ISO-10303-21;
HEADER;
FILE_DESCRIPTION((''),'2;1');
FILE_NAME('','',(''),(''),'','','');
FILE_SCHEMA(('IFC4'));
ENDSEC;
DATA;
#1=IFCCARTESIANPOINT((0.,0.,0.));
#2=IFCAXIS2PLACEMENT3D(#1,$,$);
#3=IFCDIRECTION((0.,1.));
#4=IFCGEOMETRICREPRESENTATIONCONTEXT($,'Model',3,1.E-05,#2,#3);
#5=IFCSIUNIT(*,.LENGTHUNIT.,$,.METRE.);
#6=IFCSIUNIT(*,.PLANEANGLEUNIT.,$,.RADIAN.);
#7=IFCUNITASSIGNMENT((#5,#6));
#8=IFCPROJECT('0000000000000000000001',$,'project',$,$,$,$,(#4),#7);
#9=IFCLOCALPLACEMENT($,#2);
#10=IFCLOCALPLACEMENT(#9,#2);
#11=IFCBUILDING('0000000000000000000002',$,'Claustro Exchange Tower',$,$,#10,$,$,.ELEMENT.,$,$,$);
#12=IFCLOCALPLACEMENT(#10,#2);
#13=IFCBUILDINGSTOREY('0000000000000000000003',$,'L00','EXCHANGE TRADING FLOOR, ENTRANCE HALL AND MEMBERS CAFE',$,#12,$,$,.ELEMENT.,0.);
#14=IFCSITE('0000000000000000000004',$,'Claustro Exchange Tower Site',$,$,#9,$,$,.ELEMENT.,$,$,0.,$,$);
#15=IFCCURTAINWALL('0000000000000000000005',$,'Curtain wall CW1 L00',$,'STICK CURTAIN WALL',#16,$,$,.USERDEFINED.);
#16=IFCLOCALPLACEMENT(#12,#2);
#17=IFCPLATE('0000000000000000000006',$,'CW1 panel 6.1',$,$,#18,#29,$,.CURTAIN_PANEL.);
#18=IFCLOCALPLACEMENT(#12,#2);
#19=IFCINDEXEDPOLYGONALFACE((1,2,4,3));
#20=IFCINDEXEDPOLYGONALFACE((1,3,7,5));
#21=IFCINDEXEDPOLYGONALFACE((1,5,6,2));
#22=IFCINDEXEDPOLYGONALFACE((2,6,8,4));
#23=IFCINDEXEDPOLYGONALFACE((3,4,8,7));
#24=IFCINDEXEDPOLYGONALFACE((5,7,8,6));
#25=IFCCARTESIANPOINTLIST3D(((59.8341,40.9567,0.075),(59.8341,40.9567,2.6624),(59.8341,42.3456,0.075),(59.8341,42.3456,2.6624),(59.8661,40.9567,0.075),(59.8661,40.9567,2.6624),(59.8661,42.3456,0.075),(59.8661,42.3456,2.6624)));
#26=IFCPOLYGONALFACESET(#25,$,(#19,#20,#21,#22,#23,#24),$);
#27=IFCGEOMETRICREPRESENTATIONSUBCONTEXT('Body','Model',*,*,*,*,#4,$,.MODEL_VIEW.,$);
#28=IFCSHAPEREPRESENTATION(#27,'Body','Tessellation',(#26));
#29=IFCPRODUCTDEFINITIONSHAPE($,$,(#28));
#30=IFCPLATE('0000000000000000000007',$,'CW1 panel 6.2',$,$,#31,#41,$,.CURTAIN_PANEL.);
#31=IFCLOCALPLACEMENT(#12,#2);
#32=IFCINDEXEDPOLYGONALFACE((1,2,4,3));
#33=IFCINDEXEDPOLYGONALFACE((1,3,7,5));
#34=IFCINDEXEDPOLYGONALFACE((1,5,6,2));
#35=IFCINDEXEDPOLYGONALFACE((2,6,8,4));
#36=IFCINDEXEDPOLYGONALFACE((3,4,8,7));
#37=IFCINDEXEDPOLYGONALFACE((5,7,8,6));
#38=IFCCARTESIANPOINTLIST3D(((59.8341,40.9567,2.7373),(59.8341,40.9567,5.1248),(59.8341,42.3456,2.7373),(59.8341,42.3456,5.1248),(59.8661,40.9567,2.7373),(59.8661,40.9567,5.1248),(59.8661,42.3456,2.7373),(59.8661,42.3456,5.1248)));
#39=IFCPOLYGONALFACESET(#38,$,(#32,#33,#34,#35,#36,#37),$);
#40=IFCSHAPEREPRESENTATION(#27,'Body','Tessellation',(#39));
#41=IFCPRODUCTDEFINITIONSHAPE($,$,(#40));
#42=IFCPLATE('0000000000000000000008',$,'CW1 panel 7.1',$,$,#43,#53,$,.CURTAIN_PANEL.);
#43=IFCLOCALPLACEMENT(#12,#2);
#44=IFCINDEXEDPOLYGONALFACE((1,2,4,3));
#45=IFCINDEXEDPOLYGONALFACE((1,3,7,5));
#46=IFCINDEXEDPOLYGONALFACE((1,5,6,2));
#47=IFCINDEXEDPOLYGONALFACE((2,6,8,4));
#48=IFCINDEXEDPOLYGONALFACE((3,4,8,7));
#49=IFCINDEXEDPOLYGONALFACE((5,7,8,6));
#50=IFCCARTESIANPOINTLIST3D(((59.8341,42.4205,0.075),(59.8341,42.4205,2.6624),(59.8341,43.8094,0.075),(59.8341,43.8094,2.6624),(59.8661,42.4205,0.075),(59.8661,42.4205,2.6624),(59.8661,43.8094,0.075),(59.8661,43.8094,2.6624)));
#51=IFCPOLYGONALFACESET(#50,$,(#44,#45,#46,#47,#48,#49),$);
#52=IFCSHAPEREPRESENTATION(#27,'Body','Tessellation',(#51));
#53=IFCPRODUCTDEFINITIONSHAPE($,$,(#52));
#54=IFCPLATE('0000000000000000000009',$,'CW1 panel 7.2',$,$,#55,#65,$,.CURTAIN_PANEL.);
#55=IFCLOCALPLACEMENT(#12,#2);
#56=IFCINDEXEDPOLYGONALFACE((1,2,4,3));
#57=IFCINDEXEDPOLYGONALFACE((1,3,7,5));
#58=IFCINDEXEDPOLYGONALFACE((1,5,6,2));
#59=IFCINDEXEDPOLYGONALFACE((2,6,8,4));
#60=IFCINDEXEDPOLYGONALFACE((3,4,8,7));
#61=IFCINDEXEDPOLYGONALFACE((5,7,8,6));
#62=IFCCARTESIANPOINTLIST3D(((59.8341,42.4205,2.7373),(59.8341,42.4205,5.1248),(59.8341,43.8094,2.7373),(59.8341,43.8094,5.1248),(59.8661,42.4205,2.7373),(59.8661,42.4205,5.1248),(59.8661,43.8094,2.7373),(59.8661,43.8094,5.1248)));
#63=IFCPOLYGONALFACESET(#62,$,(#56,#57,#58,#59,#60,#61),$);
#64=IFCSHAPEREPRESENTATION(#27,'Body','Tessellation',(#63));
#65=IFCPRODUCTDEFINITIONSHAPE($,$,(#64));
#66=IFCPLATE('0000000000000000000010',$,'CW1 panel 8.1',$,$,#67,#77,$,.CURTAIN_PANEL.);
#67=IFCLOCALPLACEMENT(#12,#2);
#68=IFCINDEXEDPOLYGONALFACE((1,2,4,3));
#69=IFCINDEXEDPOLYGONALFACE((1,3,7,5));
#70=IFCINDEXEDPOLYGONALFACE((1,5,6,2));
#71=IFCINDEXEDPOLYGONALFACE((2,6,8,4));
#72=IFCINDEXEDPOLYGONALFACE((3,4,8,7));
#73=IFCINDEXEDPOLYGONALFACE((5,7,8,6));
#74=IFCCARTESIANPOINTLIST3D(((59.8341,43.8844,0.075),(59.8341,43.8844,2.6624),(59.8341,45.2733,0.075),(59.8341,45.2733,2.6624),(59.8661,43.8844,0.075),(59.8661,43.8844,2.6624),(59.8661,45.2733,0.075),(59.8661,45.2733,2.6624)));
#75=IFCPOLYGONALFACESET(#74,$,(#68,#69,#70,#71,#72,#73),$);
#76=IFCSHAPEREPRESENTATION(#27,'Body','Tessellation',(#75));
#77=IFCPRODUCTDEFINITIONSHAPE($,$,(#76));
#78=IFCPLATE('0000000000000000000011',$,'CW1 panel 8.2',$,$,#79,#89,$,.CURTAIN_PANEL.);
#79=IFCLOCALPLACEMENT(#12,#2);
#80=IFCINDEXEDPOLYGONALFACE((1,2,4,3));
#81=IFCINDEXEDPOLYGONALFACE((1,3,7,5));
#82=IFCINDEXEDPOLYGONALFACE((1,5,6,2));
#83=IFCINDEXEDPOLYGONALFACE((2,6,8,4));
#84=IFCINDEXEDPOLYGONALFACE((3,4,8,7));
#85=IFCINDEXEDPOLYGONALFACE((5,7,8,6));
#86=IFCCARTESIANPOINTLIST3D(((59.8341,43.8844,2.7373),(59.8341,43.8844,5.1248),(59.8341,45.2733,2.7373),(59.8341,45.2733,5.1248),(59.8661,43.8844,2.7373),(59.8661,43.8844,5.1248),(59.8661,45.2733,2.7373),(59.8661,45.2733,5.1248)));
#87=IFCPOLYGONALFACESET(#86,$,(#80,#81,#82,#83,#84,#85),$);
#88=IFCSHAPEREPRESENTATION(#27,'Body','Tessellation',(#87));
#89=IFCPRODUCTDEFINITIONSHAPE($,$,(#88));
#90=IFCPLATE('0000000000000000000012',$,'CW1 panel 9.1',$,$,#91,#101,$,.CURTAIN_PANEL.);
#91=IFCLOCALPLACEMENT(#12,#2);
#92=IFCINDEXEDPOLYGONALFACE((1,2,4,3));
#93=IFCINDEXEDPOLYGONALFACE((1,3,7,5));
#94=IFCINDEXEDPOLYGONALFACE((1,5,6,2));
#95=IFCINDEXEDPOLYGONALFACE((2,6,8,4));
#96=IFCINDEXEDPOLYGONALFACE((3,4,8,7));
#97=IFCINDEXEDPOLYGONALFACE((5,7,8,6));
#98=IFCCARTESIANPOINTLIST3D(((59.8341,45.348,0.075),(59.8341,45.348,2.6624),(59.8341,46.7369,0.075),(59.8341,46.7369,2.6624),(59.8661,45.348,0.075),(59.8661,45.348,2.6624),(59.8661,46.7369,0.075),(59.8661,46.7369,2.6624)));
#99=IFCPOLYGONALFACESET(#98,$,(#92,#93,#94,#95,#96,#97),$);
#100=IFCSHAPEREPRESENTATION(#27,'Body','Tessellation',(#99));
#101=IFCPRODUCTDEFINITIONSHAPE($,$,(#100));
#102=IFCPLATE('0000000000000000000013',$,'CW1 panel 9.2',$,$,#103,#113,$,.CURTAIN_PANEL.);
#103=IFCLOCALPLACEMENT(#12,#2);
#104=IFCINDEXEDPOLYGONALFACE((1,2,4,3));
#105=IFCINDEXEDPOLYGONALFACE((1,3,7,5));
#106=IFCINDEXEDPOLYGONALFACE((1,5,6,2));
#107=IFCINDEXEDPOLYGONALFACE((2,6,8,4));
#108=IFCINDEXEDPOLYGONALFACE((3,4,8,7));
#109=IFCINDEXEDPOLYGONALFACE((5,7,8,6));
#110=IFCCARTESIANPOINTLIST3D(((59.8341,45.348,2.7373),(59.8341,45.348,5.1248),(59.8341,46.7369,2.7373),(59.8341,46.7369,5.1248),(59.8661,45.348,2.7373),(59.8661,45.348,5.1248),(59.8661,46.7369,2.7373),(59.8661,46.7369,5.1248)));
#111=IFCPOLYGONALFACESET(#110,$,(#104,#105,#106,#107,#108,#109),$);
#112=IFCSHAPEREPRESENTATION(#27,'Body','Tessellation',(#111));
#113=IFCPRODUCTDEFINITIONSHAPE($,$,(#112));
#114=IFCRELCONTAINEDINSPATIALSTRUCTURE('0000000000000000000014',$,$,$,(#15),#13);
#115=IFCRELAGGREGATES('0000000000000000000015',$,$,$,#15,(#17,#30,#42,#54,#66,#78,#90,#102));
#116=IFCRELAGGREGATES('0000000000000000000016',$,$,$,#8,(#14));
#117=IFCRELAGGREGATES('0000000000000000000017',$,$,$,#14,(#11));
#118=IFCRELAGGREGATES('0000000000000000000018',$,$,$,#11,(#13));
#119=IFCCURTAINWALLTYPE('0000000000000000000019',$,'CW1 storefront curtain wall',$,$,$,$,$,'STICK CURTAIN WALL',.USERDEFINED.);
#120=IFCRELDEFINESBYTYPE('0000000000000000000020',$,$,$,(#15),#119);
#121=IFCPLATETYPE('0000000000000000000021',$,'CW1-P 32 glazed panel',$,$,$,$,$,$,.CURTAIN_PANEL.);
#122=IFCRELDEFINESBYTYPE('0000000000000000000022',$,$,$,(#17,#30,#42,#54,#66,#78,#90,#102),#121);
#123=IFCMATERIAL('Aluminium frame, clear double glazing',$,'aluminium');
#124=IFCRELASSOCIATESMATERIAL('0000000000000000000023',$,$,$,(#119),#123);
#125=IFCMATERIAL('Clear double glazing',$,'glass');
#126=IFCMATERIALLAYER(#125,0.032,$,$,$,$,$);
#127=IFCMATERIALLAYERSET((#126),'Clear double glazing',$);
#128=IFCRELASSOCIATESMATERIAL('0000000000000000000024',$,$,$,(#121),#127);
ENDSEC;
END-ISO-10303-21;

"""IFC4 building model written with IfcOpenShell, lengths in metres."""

from ifc_helpers import new_model, si_unit, direction, frame, origin, origin_2d, place, context, subcontext, project, spatial, rectangle, extrude, material, layer, layer_set, type_object, element, aggregate, save


model = new_model("IFC4")

# Units and contexts
model_context = context("Model", 3, precision=1e-05, world=origin(), true_north=direction((0.0, 1.0)))
body_context = subcontext(model_context, "Body", "Model", "MODEL_VIEW")
ifc_project = project(units=[si_unit("LENGTHUNIT", "METRE"), si_unit("PLANEANGLEUNIT", "RADIAN")], contexts=[model_context])

# Site, building, storey
site_placement = place(None, origin())
site = spatial("IfcSite", under=ifc_project, at=site_placement, Name="Claustro Exchange Tower Site", CompositionType="ELEMENT", RefElevation=0.0)
building_placement = place(site_placement, origin())
building = spatial("IfcBuilding", under=site, at=building_placement, Name="Claustro Exchange Tower", CompositionType="ELEMENT")
storey_placement = place(building_placement, origin())
storey = spatial("IfcBuildingStorey", under=building, at=storey_placement, Name="L00", Description="EXCHANGE TRADING FLOOR, ENTRANCE HALL AND MEMBERS CAFE", CompositionType="ELEMENT", Elevation=0.0)

# Curtain wall, plates
ifc_material_1 = material(Name="Aluminium frame, clear double glazing", Category="aluminium")
curtain_wall_type = type_object("IfcCurtainWallType", Name="CW1 storefront curtain wall", ElementType="STICK CURTAIN WALL", PredefinedType="USERDEFINED", material=ifc_material_1)
curtain_wall_placement = place(storey_placement, origin())
curtain_wall = element("IfcCurtainWall", 1, at=curtain_wall_placement, inside=storey, type_object=curtain_wall_type, Name="Curtain wall CW1 L00", ObjectType="STICK CURTAIN WALL", PredefinedType="USERDEFINED")
ifc_material_2 = material(Name="Clear double glazing", Category="glass")
ifc_layer = layer(ifc_material_2, 0.032)
ifc_layer_set = layer_set([ifc_layer], Name="Clear double glazing")
plate_type = type_object("IfcPlateType", Name="CW1-P 32 glazed panel", PredefinedType="CURTAIN_PANEL", material=ifc_layer_set)
plate_1_placement = place(storey_placement, frame((59.8501, 41.6511, 0.075), z_axis=(0.0, 0.0, 1.0), x_axis=(0.0, 1.0, 0.0)))
plate_1 = element("IfcPlate", 2, at=plate_1_placement, type_object=plate_type, Name="CW1 panel 6.1", PredefinedType="CURTAIN_PANEL", context=body_context, shape_type="SweptSolid", body=[
    extrude(rectangle(XDim=1.3889, YDim=0.032, at=origin_2d()), origin(), (0.0, 0.0, 1.0), 2.5874),
])
plate_2_placement = place(storey_placement, frame((59.8501, 41.6511, 2.7373), z_axis=(0.0, 0.0, 1.0), x_axis=(0.0, 1.0, 0.0)))
plate_2 = element("IfcPlate", 3, at=plate_2_placement, type_object=plate_type, Name="CW1 panel 6.2", PredefinedType="CURTAIN_PANEL", context=body_context, shape_type="SweptSolid", body=[
    extrude(rectangle(XDim=1.3889, YDim=0.032, at=origin_2d()), origin(), (0.0, 0.0, 1.0), 2.3875),
])
plate_3_placement = place(storey_placement, frame((59.8501, 43.115, 0.075), z_axis=(0.0, 0.0, 1.0), x_axis=(0.0, 1.0, 0.0)))
plate_3 = element("IfcPlate", 4, at=plate_3_placement, type_object=plate_type, Name="CW1 panel 7.1", PredefinedType="CURTAIN_PANEL", context=body_context, shape_type="SweptSolid", body=[
    extrude(rectangle(XDim=1.3889, YDim=0.032, at=origin_2d()), origin(), (0.0, 0.0, 1.0), 2.5874),
])
plate_4_placement = place(storey_placement, frame((59.8501, 43.115, 2.7373), z_axis=(0.0, 0.0, 1.0), x_axis=(0.0, 1.0, 0.0)))
plate_4 = element("IfcPlate", 5, at=plate_4_placement, type_object=plate_type, Name="CW1 panel 7.2", PredefinedType="CURTAIN_PANEL", context=body_context, shape_type="SweptSolid", body=[
    extrude(rectangle(XDim=1.3889, YDim=0.032, at=origin_2d()), origin(), (0.0, 0.0, 1.0), 2.3875),
])
plate_5_placement = place(storey_placement, frame((59.8501, 44.5789, 0.075), z_axis=(0.0, 0.0, 1.0), x_axis=(0.0, 1.0, 0.0)))
plate_5 = element("IfcPlate", 6, at=plate_5_placement, type_object=plate_type, Name="CW1 panel 8.1", PredefinedType="CURTAIN_PANEL", context=body_context, shape_type="SweptSolid", body=[
    extrude(rectangle(XDim=1.3889, YDim=0.032, at=origin_2d()), origin(), (0.0, 0.0, 1.0), 2.5874),
])
plate_6_placement = place(storey_placement, frame((59.8501, 44.5789, 2.7373), z_axis=(0.0, 0.0, 1.0), x_axis=(0.0, 1.0, 0.0)))
plate_6 = element("IfcPlate", 7, at=plate_6_placement, type_object=plate_type, Name="CW1 panel 8.2", PredefinedType="CURTAIN_PANEL", context=body_context, shape_type="SweptSolid", body=[
    extrude(rectangle(XDim=1.3889, YDim=0.032, at=origin_2d()), origin(), (0.0, 0.0, 1.0), 2.3875),
])
plate_7_placement = place(storey_placement, frame((59.8501, 46.0425, 0.075), z_axis=(0.0, 0.0, 1.0), x_axis=(0.0, 1.0, 0.0)))
plate_7 = element("IfcPlate", 8, at=plate_7_placement, type_object=plate_type, Name="CW1 panel 9.1", PredefinedType="CURTAIN_PANEL", context=body_context, shape_type="SweptSolid", body=[
    extrude(rectangle(XDim=1.3889, YDim=0.032, at=origin_2d()), origin(), (0.0, 0.0, 1.0), 2.5874),
])
plate_8_placement = place(storey_placement, frame((59.8501, 46.0425, 2.7373), z_axis=(0.0, 0.0, 1.0), x_axis=(0.0, 1.0, 0.0)))
plate_8 = element("IfcPlate", 9, at=plate_8_placement, type_object=plate_type, Name="CW1 panel 9.2", PredefinedType="CURTAIN_PANEL", context=body_context, shape_type="SweptSolid", body=[
    extrude(rectangle(XDim=1.3889, YDim=0.032, at=origin_2d()), origin(), (0.0, 0.0, 1.0), 2.3875),
])
aggregate(curtain_wall, [plate_1, plate_2, plate_3, plate_4, plate_5, plate_6, plate_7, plate_8])

save(model, "model.ifc")
